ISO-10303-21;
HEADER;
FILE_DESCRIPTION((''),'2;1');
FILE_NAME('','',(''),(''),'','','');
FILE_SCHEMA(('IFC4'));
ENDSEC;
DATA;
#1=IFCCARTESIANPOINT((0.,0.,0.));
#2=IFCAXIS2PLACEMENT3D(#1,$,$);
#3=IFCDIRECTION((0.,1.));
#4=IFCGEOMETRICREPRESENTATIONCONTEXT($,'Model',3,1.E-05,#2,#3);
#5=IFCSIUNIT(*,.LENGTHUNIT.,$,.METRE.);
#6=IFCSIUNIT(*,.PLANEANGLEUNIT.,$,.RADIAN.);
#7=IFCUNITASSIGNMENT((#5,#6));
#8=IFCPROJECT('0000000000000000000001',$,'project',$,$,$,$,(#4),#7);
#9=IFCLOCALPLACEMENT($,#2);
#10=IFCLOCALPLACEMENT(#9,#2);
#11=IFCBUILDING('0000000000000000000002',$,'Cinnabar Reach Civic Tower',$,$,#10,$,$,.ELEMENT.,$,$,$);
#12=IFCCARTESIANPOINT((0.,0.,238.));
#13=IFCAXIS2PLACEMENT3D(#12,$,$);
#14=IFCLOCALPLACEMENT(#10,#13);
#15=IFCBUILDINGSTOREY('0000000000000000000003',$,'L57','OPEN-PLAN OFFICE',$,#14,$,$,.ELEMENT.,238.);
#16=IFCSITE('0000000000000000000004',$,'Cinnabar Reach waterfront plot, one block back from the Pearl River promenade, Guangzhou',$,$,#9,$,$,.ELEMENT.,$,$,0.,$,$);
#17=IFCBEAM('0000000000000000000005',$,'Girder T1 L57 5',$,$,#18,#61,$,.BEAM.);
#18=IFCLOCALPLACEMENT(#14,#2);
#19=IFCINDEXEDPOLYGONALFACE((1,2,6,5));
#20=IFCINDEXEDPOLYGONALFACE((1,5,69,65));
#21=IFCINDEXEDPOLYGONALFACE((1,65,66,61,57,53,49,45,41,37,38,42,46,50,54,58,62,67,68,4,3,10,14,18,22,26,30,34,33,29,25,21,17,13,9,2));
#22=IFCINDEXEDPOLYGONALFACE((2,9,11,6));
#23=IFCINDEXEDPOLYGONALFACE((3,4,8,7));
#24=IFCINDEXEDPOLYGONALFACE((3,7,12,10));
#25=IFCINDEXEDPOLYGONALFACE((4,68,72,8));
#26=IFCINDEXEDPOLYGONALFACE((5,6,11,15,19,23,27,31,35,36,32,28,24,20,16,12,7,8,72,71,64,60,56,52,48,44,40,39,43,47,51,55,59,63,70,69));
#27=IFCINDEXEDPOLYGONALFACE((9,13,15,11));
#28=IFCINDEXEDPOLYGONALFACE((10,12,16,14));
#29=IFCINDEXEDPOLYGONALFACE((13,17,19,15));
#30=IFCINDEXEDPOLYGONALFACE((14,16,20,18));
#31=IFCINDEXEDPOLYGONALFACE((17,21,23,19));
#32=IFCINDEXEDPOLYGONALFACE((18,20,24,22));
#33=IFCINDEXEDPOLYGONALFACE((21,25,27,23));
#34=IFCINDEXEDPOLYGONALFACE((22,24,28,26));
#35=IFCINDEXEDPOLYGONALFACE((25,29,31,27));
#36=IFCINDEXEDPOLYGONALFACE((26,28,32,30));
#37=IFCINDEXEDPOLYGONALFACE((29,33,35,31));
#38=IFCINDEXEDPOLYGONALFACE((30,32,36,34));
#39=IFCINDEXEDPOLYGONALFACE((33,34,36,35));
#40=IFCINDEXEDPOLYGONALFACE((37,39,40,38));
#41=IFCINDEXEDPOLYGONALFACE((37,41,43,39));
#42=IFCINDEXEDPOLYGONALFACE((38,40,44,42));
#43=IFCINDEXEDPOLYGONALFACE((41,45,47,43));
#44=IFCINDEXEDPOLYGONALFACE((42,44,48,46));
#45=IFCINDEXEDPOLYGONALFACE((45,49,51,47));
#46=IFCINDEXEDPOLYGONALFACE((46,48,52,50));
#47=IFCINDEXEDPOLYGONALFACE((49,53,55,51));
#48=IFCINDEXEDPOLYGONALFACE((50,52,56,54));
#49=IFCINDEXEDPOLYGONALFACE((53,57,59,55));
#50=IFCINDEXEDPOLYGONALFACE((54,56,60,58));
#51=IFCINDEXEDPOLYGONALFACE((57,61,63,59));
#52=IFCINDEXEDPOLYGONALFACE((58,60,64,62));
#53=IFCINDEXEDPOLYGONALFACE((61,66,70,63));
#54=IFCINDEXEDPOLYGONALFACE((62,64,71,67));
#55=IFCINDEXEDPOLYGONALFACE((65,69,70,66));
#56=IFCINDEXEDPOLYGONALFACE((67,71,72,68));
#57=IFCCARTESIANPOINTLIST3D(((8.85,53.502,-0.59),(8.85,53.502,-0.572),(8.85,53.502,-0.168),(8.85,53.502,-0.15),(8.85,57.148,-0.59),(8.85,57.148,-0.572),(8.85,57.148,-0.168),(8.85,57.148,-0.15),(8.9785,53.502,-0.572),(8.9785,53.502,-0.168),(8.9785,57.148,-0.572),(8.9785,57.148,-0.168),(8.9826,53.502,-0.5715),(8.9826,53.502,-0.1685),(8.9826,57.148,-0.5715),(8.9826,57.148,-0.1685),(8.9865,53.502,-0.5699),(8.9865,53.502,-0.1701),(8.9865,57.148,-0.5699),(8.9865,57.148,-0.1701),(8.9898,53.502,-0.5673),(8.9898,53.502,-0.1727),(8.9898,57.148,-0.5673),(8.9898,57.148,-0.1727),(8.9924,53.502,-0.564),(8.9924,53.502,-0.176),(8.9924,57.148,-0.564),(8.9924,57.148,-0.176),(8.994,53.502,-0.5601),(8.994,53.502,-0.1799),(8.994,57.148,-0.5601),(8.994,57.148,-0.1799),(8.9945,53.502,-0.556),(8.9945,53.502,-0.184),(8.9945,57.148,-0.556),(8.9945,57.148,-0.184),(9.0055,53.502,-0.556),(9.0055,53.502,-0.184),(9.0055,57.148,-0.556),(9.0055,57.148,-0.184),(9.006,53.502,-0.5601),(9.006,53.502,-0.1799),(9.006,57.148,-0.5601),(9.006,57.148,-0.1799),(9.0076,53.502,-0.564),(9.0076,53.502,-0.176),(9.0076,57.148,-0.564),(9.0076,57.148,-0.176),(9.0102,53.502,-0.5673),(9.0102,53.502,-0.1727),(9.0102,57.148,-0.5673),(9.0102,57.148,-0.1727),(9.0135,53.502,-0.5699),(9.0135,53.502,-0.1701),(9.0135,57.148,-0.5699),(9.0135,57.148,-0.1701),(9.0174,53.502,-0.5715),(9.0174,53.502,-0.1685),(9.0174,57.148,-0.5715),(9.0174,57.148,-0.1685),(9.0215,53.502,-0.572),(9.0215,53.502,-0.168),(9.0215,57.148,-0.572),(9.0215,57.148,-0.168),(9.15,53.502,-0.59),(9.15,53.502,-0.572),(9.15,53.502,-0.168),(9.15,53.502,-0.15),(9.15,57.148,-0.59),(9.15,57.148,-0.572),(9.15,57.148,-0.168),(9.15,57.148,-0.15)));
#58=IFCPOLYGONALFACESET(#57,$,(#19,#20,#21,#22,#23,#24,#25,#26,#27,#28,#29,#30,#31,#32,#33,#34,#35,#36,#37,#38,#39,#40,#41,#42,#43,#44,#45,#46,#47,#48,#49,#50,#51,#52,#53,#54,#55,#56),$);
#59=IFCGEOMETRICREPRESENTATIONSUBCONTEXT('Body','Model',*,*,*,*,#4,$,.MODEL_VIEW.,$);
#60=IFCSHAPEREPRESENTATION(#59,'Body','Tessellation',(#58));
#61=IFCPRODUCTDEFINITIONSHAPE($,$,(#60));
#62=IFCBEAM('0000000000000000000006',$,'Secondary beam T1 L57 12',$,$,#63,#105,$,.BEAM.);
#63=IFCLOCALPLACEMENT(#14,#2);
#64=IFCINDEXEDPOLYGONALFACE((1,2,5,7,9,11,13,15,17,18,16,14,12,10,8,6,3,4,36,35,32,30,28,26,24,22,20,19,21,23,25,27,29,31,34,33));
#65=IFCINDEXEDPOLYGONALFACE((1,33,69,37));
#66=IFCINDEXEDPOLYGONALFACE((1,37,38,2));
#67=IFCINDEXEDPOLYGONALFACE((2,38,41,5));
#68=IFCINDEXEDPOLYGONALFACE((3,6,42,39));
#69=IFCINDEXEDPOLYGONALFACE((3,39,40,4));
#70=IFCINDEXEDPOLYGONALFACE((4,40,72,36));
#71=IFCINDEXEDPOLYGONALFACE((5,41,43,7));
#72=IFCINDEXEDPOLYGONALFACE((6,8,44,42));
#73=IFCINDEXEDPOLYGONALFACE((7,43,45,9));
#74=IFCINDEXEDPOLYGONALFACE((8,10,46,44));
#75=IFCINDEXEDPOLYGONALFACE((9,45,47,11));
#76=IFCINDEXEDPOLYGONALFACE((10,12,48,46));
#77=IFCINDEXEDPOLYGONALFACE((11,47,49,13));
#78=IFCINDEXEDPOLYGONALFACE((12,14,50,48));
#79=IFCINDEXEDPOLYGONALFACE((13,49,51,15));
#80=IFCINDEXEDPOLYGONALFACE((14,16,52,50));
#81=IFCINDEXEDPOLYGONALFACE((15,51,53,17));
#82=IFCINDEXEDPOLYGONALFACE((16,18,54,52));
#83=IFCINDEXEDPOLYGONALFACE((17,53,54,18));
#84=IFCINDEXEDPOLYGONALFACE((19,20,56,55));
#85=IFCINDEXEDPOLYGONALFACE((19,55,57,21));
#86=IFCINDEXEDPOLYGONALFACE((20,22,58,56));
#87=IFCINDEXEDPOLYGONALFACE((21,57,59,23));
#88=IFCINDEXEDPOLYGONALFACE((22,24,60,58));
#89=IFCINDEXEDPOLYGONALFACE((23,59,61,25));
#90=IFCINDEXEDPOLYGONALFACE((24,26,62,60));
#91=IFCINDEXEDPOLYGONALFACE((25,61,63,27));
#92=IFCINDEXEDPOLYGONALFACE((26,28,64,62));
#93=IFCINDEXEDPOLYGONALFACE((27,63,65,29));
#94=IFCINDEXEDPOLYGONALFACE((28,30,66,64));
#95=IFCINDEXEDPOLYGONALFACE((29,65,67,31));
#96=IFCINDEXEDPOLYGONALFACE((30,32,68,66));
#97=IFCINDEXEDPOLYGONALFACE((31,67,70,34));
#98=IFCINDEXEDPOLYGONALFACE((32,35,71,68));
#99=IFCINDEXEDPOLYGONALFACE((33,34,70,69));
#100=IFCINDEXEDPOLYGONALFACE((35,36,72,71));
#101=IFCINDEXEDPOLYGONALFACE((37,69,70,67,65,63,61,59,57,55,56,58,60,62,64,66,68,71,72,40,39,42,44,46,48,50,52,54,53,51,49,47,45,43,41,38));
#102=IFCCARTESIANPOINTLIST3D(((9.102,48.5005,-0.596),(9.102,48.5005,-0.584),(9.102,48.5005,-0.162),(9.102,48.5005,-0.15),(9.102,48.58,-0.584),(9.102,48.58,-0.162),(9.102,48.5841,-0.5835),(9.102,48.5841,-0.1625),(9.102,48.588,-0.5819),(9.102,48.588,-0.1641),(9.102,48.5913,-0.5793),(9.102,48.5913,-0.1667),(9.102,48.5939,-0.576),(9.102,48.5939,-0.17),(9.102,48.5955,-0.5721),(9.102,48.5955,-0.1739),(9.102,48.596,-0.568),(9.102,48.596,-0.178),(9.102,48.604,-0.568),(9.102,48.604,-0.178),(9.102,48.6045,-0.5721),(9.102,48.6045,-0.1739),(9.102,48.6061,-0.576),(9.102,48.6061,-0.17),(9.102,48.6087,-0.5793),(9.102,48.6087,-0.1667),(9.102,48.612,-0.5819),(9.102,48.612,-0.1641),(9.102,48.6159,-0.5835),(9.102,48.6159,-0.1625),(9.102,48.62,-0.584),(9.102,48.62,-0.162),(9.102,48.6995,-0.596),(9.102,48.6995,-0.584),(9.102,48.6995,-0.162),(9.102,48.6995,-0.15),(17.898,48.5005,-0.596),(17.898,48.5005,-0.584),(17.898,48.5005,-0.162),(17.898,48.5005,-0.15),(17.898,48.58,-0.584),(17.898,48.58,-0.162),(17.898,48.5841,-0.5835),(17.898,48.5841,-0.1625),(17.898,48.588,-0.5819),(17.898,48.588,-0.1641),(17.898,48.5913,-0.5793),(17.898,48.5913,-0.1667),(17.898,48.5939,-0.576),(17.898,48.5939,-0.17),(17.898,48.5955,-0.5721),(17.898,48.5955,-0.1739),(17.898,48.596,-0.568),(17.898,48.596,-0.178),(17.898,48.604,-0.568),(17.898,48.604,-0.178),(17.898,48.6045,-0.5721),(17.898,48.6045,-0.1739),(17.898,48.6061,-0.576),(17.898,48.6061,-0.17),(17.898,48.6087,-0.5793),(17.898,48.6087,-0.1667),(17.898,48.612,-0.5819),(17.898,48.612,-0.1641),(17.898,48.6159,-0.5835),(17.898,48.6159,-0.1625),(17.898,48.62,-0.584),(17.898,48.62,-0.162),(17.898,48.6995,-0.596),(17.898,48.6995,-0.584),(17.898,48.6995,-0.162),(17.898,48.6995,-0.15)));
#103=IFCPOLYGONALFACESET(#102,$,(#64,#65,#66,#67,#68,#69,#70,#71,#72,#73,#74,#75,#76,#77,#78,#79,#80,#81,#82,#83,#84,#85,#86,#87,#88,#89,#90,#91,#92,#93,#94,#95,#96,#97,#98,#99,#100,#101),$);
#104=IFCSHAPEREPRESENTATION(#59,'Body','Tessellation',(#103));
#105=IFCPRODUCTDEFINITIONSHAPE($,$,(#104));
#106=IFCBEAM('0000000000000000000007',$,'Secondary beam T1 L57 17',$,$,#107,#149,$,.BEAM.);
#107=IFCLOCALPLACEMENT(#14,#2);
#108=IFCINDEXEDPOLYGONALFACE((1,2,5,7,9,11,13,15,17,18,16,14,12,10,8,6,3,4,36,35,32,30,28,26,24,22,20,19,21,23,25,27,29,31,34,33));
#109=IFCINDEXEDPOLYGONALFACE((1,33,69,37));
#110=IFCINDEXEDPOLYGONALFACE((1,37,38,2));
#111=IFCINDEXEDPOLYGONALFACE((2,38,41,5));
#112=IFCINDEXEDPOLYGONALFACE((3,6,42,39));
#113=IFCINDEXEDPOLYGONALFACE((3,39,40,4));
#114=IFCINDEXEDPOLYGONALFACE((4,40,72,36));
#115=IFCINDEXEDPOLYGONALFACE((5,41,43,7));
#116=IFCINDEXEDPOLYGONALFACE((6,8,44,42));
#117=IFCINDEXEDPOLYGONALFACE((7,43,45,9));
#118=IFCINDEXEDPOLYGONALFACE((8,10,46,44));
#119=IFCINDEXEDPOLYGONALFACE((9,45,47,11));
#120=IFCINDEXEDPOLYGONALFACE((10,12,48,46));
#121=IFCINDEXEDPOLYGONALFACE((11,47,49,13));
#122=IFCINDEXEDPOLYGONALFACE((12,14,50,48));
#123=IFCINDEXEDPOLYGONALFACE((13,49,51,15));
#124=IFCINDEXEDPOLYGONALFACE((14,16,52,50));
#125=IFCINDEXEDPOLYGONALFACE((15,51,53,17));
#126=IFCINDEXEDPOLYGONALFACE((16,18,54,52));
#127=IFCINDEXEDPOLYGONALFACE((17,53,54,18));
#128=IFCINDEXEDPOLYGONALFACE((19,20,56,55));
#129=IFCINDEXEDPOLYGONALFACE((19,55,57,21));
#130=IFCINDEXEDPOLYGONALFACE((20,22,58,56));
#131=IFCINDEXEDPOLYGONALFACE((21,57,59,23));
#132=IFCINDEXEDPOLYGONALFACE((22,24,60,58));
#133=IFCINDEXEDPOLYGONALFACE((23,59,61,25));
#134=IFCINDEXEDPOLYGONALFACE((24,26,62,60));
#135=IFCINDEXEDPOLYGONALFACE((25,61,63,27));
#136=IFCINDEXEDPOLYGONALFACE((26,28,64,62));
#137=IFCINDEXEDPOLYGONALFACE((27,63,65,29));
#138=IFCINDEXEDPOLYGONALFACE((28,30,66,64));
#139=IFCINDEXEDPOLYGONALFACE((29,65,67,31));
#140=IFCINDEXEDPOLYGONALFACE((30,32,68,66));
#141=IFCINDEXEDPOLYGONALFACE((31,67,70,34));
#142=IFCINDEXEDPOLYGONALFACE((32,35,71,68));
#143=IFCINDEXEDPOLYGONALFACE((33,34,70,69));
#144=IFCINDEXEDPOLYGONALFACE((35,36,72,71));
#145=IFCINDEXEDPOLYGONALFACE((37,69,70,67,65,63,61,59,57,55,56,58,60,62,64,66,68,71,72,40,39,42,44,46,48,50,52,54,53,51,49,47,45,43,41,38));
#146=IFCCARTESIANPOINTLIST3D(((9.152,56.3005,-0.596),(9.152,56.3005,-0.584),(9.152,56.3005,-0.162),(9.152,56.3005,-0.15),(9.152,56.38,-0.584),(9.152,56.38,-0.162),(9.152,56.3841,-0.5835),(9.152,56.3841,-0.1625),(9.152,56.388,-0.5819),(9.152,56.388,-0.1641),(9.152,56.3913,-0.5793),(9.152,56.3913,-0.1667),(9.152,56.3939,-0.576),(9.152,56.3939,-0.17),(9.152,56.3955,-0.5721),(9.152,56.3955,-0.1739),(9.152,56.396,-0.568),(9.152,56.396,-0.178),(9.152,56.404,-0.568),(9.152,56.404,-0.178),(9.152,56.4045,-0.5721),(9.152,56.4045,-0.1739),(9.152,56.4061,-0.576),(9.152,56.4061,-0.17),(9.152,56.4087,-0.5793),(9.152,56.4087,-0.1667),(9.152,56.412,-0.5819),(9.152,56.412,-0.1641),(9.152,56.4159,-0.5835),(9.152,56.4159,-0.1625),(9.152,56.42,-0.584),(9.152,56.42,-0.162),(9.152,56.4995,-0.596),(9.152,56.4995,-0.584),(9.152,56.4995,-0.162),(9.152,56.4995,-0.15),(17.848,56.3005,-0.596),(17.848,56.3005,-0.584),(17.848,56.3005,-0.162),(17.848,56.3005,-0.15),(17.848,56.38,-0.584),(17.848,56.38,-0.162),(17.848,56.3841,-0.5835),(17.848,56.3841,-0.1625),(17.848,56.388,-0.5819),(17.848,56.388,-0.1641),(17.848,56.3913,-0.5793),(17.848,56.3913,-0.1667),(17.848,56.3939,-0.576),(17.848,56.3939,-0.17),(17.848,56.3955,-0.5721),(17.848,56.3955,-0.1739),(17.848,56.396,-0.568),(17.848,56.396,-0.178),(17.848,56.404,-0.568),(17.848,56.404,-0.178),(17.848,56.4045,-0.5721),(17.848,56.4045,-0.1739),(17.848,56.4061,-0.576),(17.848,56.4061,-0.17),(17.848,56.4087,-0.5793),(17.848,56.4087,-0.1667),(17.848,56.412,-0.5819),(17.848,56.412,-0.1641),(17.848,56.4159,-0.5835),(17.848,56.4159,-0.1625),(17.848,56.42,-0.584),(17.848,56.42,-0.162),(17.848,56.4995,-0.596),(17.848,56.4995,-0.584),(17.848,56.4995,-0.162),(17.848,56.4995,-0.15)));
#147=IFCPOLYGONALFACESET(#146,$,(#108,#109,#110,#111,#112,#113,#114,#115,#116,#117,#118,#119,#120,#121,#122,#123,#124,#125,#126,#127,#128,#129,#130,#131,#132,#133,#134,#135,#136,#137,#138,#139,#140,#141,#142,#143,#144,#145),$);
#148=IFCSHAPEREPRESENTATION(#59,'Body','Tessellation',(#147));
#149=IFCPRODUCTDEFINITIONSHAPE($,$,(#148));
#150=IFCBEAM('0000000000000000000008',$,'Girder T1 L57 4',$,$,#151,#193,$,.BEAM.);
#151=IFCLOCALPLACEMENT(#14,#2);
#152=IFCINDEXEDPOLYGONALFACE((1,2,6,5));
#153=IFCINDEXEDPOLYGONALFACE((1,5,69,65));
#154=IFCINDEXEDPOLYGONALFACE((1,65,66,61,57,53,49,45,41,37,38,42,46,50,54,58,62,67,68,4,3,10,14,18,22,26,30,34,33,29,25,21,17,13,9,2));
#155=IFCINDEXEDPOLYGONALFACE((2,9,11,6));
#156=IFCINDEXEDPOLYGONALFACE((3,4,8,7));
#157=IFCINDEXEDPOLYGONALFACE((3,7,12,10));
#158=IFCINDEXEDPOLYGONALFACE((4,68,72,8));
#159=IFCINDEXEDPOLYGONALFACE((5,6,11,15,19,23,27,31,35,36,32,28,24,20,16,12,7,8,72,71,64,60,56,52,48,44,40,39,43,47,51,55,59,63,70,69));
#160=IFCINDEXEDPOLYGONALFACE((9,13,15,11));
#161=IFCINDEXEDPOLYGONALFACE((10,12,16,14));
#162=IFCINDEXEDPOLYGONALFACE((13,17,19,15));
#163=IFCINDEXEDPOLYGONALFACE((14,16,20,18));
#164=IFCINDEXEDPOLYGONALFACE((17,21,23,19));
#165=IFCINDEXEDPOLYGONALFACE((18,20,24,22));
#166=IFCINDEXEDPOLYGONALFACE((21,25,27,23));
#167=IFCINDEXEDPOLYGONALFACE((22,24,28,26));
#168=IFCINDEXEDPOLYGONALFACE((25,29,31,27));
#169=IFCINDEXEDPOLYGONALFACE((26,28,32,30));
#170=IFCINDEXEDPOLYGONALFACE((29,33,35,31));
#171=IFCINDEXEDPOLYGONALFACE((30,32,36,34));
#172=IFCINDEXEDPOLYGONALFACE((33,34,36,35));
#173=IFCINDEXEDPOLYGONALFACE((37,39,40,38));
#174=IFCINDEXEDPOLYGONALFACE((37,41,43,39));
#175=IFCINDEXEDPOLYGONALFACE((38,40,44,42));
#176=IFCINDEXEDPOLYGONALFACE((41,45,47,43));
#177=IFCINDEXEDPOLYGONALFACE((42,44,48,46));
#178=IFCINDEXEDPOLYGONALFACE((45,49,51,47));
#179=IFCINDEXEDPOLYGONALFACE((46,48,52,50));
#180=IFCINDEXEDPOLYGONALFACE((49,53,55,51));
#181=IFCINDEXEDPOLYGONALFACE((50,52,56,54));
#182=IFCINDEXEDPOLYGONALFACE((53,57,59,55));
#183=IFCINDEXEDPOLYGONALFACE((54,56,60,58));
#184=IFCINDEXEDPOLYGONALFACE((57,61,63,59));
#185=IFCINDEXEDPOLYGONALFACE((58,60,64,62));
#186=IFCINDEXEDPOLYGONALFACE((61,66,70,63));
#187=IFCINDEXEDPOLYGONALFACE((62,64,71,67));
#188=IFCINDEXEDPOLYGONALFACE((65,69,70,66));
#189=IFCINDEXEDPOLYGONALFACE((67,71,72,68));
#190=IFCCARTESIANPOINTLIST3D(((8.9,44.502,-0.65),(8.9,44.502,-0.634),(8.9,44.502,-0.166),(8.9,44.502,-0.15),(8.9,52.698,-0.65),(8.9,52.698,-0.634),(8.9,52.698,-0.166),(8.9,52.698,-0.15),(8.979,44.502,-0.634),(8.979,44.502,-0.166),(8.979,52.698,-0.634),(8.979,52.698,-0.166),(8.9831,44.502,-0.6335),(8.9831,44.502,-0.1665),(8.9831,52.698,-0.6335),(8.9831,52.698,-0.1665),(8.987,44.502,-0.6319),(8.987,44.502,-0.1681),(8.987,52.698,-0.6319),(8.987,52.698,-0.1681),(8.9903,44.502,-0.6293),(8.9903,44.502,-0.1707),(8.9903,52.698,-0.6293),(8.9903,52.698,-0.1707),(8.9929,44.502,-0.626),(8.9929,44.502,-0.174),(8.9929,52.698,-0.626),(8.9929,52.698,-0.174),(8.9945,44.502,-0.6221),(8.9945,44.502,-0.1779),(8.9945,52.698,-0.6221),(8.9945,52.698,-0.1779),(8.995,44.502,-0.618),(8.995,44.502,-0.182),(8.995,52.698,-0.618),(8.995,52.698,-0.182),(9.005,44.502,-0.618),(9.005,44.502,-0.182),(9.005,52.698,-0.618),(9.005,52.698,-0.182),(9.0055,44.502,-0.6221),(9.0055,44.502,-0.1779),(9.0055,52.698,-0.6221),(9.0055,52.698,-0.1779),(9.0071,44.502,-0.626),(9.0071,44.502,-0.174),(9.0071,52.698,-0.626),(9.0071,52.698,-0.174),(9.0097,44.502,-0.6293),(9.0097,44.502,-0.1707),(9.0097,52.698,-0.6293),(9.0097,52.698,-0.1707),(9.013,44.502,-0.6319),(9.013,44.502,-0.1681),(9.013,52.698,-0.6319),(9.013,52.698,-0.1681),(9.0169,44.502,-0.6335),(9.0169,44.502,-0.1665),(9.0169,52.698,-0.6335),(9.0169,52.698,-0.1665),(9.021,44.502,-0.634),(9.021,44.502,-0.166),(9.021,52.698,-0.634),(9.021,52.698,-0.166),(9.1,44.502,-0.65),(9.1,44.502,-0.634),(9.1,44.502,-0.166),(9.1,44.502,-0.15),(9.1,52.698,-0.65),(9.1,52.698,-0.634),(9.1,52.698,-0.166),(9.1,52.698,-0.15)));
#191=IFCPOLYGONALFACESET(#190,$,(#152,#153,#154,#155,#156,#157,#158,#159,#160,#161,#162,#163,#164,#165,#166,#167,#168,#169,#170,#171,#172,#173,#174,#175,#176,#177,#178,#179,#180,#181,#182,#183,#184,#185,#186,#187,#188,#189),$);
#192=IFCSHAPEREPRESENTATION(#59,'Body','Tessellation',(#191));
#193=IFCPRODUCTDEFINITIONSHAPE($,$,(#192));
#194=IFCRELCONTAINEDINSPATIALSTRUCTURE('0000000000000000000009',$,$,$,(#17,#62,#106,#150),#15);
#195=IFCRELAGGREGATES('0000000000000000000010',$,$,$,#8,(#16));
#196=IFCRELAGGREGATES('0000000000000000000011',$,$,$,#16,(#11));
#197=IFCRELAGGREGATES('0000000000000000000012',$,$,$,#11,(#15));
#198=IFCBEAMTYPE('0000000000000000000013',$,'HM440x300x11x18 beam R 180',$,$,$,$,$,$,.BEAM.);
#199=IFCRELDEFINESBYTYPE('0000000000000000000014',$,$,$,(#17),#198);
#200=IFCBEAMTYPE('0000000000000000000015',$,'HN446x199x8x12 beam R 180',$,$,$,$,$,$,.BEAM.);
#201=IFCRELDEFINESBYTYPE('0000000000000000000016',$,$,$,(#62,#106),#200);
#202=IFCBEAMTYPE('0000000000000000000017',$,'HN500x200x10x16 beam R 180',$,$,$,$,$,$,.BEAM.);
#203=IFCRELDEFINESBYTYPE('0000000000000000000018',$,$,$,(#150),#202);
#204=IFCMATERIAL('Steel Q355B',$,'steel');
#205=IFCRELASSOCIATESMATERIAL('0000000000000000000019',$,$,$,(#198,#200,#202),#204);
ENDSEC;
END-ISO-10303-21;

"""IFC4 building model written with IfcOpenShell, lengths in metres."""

from ifc_helpers import new_model, si_unit, direction, frame, origin, origin_2d, place, context, subcontext, project, spatial, i_section, extrude, material, material_profile, profile_set, type_object, element, save


model = new_model("IFC4")

# Units and contexts
model_context = context("Model", 3, precision=1e-05, world=origin(), true_north=direction((0.0, 1.0)))
body_context = subcontext(model_context, "Body", "Model", "MODEL_VIEW")
ifc_project = project(units=[si_unit("LENGTHUNIT", "METRE"), si_unit("PLANEANGLEUNIT", "RADIAN")], contexts=[model_context])

# Site, building, storey
site_placement = place(None, origin())
site = spatial("IfcSite", under=ifc_project, at=site_placement, Name="Cinnabar Reach waterfront plot, one block back from the Pearl River promenade, Guangzhou", CompositionType="ELEMENT", RefElevation=0.0)
building_placement = place(site_placement, origin())
building = spatial("IfcBuilding", under=site, at=building_placement, Name="Cinnabar Reach Civic Tower", CompositionType="ELEMENT")
storey_placement = place(building_placement, frame((0.0, 0.0, 238.0)))
storey = spatial("IfcBuildingStorey", under=building, at=storey_placement, Name="L57", Description="OPEN-PLAN OFFICE", CompositionType="ELEMENT", Elevation=238.0)

# Beams
ifc_material_1 = material(Name="Steel Q355B", Category="steel")
ifc_material_profile_1 = material_profile(ifc_material_1, i_section(OverallWidth=0.3, OverallDepth=0.44, WebThickness=0.011, FlangeThickness=0.018, FilletRadius=0.016, at=origin_2d()), Name="HM440x300x11x18")
ifc_profile_set_1 = profile_set([ifc_material_profile_1], Name="Steel Q355B")
beam_type_1 = type_object("IfcBeamType", Name="HM440x300x11x18 beam R 180", PredefinedType="BEAM", material=ifc_profile_set_1)
beam_1_placement = place(storey_placement, frame((9.0, 53.502, -0.37), z_axis=(0.0, 1.0, 0.0), x_axis=(-1.0, 0.0, 0.0)))
element("IfcBeam", 1, at=beam_1_placement, inside=storey, type_object=beam_type_1, Name="Girder T1 L57 5", PredefinedType="BEAM", context=body_context, shape_type="SweptSolid", body=[
    extrude(i_section(OverallWidth=0.3, OverallDepth=0.44, WebThickness=0.011, FlangeThickness=0.018, FilletRadius=0.016, at=origin_2d()), origin(), (0.0, 0.0, 1.0), 3.646),
])
ifc_material_profile_2 = material_profile(ifc_material_1, i_section(OverallWidth=0.199, OverallDepth=0.446, WebThickness=0.008, FlangeThickness=0.012, FilletRadius=0.016, at=origin_2d()), Name="HN446x199x8x12")
ifc_profile_set_2 = profile_set([ifc_material_profile_2], Name="Steel Q355B")
beam_type_2 = type_object("IfcBeamType", Name="HN446x199x8x12 beam R 180", PredefinedType="BEAM", material=ifc_profile_set_2)
beam_2_placement = place(storey_placement, frame((9.102, 48.6, -0.373), z_axis=(1.0, 0.0, 0.0), x_axis=(0.0, 1.0, 0.0)))
element("IfcBeam", 2, at=beam_2_placement, inside=storey, type_object=beam_type_2, Name="Secondary beam T1 L57 12", PredefinedType="BEAM", context=body_context, shape_type="SweptSolid", body=[
    extrude(i_section(OverallWidth=0.199, OverallDepth=0.446, WebThickness=0.008, FlangeThickness=0.012, FilletRadius=0.016, at=origin_2d()), origin(), (0.0, 0.0, 1.0), 8.796),
])
beam_3_placement = place(storey_placement, frame((9.152, 56.4, -0.373), z_axis=(1.0, 0.0, 0.0), x_axis=(0.0, 1.0, 0.0)))
element("IfcBeam", 3, at=beam_3_placement, inside=storey, type_object=beam_type_2, Name="Secondary beam T1 L57 17", PredefinedType="BEAM", context=body_context, shape_type="SweptSolid", body=[
    extrude(i_section(OverallWidth=0.199, OverallDepth=0.446, WebThickness=0.008, FlangeThickness=0.012, FilletRadius=0.016, at=origin_2d()), origin(), (0.0, 0.0, 1.0), 8.696),
])
ifc_material_profile_3 = material_profile(ifc_material_1, i_section(OverallWidth=0.2, OverallDepth=0.5, WebThickness=0.01, FlangeThickness=0.016, FilletRadius=0.016, at=origin_2d()), Name="HN500x200x10x16")
ifc_profile_set_3 = profile_set([ifc_material_profile_3], Name="Steel Q355B")
beam_type_3 = type_object("IfcBeamType", Name="HN500x200x10x16 beam R 180", PredefinedType="BEAM", material=ifc_profile_set_3)
for number, where, z_axis, x_axis, name in (
    (4, (9.0, 44.502, -0.4), (0.0, 1.0, 0.0), (-1.0, 0.0, 0.0), "Girder T1 L57 4"),
):
    element("IfcBeam", number, at=place(storey_placement, frame(where, z_axis=z_axis, x_axis=x_axis)), inside=storey, type_object=beam_type_3, Name=name, PredefinedType="BEAM", context=body_context, shape_type="SweptSolid", body=[
        extrude(i_section(OverallWidth=0.2, OverallDepth=0.5, WebThickness=0.01, FlangeThickness=0.016, FilletRadius=0.016, at=origin_2d()), origin(), (0.0, 0.0, 1.0), 8.196),
    ])

save(model, "model.ifc")
